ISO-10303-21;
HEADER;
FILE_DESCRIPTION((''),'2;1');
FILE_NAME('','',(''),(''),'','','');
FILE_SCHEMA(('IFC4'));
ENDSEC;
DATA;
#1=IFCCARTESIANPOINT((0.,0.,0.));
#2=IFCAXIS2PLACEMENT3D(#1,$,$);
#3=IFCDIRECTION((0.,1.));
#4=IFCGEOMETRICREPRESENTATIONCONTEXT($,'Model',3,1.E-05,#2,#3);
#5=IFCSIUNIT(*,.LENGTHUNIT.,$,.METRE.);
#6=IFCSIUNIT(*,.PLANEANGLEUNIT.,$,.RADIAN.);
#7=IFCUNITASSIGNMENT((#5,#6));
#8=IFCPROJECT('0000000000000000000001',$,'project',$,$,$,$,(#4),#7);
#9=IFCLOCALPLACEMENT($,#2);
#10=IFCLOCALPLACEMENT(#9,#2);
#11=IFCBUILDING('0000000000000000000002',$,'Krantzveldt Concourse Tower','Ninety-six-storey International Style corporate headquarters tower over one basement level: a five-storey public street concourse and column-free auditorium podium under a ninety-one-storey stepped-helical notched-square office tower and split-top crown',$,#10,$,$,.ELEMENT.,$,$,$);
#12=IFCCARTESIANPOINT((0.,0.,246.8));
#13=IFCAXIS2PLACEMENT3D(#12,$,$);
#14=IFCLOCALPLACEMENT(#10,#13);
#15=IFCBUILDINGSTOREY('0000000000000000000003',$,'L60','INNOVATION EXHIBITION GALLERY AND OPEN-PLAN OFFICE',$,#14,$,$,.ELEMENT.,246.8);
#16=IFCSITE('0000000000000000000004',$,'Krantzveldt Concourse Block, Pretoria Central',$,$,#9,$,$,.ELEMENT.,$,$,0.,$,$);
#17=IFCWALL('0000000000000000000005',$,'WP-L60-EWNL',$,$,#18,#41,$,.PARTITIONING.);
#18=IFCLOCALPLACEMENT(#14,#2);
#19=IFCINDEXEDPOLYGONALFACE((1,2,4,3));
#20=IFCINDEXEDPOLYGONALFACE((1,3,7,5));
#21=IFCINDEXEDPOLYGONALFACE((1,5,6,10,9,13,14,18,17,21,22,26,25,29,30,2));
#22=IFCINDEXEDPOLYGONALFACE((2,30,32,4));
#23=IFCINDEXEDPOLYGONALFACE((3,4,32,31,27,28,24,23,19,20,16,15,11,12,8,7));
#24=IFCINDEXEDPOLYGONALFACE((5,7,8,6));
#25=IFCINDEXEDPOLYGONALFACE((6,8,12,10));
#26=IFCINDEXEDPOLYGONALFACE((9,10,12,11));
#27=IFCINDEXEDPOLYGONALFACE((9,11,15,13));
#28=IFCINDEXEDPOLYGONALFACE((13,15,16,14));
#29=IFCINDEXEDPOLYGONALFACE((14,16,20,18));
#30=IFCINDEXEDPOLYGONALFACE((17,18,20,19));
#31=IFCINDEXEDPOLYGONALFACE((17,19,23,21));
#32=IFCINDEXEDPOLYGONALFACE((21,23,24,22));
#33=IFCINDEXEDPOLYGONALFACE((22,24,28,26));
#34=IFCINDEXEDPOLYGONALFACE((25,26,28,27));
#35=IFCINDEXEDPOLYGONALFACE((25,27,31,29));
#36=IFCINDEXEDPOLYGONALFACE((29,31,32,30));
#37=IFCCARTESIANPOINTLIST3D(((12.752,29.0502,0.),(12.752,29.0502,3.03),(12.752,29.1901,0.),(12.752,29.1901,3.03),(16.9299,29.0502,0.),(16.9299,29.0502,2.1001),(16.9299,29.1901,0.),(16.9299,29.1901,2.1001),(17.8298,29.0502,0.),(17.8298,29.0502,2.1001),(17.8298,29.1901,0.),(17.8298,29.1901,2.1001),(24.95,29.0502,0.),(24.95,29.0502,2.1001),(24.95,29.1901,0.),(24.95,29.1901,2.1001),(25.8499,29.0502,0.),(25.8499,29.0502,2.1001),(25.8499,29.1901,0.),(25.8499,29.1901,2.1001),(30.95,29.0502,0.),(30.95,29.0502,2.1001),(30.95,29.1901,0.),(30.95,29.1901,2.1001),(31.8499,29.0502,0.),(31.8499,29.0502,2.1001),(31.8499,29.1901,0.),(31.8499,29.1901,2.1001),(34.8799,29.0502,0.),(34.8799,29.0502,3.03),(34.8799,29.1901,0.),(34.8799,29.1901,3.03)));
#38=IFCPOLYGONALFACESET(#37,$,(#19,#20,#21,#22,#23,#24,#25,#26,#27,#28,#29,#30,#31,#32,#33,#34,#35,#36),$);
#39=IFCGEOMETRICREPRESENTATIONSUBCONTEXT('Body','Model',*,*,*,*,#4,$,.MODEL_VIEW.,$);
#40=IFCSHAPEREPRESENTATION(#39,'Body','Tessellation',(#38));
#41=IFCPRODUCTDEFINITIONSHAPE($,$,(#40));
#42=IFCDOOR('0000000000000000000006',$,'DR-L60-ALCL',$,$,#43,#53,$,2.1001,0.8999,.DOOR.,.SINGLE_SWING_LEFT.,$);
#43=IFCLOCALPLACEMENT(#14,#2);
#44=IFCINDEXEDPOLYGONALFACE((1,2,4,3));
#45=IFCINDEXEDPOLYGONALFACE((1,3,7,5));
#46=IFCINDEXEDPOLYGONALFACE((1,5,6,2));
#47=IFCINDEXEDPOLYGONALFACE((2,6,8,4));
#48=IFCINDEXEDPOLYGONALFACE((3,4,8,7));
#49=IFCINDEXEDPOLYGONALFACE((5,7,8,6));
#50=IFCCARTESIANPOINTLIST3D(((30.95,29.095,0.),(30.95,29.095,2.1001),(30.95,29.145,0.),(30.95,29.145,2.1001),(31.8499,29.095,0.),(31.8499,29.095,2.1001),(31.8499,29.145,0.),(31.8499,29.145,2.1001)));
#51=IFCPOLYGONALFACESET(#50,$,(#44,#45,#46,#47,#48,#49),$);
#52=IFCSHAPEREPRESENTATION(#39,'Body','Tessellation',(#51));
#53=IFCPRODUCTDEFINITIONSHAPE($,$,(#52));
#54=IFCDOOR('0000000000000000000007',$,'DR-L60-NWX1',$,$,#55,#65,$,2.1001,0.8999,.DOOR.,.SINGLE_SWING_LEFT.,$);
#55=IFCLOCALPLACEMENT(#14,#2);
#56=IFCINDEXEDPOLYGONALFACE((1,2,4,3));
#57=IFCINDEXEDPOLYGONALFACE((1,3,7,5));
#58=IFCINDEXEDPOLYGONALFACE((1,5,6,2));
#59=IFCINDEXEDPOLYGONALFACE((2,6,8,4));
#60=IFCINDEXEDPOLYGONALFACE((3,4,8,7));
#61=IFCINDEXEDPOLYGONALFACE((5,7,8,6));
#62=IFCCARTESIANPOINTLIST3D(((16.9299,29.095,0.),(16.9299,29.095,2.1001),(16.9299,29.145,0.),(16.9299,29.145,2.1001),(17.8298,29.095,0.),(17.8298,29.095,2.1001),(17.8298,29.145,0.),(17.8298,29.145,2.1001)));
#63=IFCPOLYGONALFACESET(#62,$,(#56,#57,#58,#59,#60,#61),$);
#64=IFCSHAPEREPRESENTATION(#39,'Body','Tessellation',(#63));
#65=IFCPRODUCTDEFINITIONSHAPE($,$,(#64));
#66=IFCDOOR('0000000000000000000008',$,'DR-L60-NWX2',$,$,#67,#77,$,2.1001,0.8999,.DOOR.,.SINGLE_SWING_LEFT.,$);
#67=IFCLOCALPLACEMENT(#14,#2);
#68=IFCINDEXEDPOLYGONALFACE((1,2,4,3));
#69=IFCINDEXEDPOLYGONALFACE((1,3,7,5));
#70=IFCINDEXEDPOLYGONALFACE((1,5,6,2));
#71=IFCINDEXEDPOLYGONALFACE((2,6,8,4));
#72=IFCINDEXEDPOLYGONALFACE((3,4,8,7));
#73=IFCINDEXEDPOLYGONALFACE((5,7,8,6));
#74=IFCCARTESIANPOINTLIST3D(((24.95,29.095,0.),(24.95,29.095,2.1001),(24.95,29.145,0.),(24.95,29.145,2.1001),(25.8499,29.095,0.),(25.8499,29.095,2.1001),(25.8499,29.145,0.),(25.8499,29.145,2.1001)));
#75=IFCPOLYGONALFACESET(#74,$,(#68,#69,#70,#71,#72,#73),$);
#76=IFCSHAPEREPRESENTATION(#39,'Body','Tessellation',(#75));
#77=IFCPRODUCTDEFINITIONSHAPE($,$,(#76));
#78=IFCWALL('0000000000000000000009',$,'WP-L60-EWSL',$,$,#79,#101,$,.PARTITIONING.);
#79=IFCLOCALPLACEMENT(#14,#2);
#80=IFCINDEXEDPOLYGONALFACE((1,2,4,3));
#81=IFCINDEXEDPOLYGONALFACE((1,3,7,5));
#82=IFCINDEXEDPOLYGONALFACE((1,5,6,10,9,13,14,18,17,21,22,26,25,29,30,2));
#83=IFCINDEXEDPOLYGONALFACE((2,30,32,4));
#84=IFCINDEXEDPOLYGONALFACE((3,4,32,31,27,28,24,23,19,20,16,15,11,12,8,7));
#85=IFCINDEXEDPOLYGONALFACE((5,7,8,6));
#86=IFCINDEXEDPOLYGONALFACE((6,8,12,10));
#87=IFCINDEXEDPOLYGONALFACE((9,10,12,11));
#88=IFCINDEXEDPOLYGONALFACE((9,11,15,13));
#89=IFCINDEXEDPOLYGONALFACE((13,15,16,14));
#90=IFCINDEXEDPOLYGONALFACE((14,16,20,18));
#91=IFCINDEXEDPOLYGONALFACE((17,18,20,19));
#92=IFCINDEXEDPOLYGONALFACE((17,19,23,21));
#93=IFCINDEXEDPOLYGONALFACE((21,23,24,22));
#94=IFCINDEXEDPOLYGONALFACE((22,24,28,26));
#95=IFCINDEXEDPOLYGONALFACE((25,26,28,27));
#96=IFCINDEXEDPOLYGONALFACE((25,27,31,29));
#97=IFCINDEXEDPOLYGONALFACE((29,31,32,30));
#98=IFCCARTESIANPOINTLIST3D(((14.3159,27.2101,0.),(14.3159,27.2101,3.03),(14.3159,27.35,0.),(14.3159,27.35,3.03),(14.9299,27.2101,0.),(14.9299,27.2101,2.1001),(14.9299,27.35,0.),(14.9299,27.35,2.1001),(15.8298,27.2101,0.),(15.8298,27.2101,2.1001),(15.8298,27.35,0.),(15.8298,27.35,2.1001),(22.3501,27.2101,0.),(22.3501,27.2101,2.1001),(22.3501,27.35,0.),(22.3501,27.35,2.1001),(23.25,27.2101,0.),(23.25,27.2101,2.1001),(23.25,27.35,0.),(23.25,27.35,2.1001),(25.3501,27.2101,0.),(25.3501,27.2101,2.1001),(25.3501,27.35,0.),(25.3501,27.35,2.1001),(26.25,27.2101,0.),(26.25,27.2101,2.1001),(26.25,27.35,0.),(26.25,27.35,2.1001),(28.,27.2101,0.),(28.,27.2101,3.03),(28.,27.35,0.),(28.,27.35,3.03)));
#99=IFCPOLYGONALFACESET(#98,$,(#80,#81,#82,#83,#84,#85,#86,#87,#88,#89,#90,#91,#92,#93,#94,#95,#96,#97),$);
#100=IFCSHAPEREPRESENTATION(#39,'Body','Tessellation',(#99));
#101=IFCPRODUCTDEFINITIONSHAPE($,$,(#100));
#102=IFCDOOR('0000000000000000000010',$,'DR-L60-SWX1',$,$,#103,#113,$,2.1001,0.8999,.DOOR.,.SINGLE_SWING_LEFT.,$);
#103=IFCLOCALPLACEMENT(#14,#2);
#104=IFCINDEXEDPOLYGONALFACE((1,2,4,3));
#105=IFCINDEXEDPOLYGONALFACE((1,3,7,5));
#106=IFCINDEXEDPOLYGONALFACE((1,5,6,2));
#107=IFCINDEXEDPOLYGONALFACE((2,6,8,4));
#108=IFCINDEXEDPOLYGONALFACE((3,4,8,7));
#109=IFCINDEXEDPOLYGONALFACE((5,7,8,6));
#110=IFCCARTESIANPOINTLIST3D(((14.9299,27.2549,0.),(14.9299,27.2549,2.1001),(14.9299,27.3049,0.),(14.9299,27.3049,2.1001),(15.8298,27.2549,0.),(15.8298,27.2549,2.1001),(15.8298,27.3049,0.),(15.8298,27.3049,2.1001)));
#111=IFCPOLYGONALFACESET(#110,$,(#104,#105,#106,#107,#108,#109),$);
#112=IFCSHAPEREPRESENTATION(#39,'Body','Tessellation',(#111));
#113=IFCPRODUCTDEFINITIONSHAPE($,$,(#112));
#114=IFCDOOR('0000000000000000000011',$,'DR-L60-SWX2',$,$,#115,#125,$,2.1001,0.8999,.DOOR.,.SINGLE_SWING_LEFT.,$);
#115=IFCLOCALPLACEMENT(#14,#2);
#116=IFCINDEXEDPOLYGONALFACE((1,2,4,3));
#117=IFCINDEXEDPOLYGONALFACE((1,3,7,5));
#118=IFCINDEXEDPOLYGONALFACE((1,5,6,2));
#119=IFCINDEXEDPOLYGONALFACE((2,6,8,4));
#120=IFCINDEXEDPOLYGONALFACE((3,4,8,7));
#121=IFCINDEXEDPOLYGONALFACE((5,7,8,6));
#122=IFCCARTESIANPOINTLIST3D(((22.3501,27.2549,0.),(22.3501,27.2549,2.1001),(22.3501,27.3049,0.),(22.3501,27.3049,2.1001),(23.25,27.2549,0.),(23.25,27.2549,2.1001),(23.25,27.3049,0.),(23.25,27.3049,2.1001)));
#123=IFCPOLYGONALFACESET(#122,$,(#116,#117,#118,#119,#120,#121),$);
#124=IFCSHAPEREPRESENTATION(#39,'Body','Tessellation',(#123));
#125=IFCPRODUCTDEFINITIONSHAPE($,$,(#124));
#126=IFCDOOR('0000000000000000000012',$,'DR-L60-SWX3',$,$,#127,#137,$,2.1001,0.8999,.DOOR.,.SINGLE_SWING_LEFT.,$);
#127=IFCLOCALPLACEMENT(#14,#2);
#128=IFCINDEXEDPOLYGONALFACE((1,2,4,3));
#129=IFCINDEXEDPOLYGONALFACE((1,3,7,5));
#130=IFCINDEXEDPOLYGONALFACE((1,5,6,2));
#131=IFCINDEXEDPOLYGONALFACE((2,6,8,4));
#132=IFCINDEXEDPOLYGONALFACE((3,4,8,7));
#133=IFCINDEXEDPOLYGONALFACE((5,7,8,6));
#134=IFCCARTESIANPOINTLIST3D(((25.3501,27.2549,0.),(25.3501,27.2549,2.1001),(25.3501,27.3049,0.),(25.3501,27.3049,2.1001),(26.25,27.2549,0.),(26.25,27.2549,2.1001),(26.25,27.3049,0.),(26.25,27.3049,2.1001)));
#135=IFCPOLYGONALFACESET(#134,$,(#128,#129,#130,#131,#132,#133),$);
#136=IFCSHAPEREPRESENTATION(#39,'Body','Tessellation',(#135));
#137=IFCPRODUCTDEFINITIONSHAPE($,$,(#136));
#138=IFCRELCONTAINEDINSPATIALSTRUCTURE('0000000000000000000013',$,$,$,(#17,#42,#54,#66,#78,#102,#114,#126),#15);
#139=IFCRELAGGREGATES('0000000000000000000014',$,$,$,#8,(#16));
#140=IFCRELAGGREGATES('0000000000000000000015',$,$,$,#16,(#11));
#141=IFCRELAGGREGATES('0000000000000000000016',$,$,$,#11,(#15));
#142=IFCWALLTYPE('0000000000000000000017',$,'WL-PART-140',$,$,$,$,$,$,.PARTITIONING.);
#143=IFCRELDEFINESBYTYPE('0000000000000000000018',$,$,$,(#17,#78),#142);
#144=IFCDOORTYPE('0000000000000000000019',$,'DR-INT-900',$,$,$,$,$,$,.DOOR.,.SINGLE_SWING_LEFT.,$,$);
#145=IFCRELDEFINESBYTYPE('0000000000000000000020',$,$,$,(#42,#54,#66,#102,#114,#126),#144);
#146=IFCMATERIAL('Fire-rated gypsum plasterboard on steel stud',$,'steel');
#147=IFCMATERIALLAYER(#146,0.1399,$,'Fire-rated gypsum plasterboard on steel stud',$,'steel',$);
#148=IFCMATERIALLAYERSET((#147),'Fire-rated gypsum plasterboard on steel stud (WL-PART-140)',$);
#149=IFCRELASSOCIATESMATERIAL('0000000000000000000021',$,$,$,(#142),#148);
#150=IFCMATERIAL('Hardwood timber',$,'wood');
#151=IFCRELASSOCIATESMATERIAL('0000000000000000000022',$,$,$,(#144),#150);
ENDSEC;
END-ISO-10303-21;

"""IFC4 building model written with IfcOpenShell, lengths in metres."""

from ifc_helpers import new_model, si_unit, direction, frame, frame_2d, origin, place, context, subcontext, project, spatial, rectangle, extrude, material, layer, layer_set, type_object, element, fill, save


model = new_model("IFC4")

# Units and contexts
model_context = context("Model", 3, precision=1e-05, world=origin(), true_north=direction((0.0, 1.0)))
body_context = subcontext(model_context, "Body", "Model", "MODEL_VIEW")
ifc_project = project(units=[si_unit("LENGTHUNIT", "METRE"), si_unit("PLANEANGLEUNIT", "RADIAN")], contexts=[model_context])

# Site, building, storey
site_placement = place(None, origin())
site = spatial("IfcSite", under=ifc_project, at=site_placement, Name="Krantzveldt Concourse Block, Pretoria Central", CompositionType="ELEMENT", RefElevation=0.0)
building_placement = place(site_placement, origin())
building = spatial("IfcBuilding", under=site, at=building_placement, Name="Krantzveldt Concourse Tower", Description="Ninety-six-storey International Style corporate headquarters tower over one basement level: a five-storey public street concourse and column-free auditorium podium under a ninety-one-storey stepped-helical notched-square office tower and split-top crown", CompositionType="ELEMENT")
storey_placement = place(building_placement, frame((0.0, 0.0, 246.8)))
storey = spatial("IfcBuildingStorey", under=building, at=storey_placement, Name="L60", Description="INNOVATION EXHIBITION GALLERY AND OPEN-PLAN OFFICE", CompositionType="ELEMENT", Elevation=246.8)

# Walls, openings, doors
ifc_material_1 = material(Name="Fire-rated gypsum plasterboard on steel stud", Category="steel")
ifc_layer_1 = layer(ifc_material_1, 0.1399, Name="Fire-rated gypsum plasterboard on steel stud", Category="steel")
ifc_layer_set_1 = layer_set([ifc_layer_1], Name="Fire-rated gypsum plasterboard on steel stud (WL-PART-140)")
wall_type_1 = type_object("IfcWallType", Name="WL-PART-140", PredefinedType="PARTITIONING", material=ifc_layer_set_1)
wall_1_placement = place(storey_placement, frame((12.752, 29.1201, 0.0), z_axis=(0.0, 0.0, 1.0), x_axis=(1.0, 0.0, 0.0)))
wall_1 = element("IfcWall", 1, at=wall_1_placement, inside=storey, type_object=wall_type_1, Name="WP-L60-EWNL", PredefinedType="PARTITIONING", context=body_context, shape_type="SweptSolid", body=[
    extrude(rectangle(XDim=22.1279, YDim=0.1399, at=frame_2d((11.064, 0.0))), origin(), (0.0, 0.0, 1.0), 3.03),
])
opening_1_placement = place(wall_1_placement, frame((18.198, 0.0, 0.0)))
opening_1 = element("IfcOpeningElement", 2, at=opening_1_placement, cuts=wall_1, PredefinedType="OPENING", context=body_context, shape_type="SweptSolid", body=[
    extrude(rectangle(XDim=0.8999, YDim=2.1001, at=frame_2d((0.45, 1.05))), frame((0.0, 0.0801, 0.0), z_axis=(0.0, -1.0, 0.0), x_axis=(1.0, 0.0, 0.0)), (0.0, 0.0, 1.0), 0.1599),
])
opening_2_placement = place(wall_1_placement, frame((4.178, 0.0, 0.0)))
opening_2 = element("IfcOpeningElement", 3, at=opening_2_placement, cuts=wall_1, PredefinedType="OPENING", context=body_context, shape_type="SweptSolid", body=[
    extrude(rectangle(XDim=0.8999, YDim=2.1001, at=frame_2d((0.45, 1.05))), frame((0.0, 0.0801, 0.0), z_axis=(0.0, -1.0, 0.0), x_axis=(1.0, 0.0, 0.0)), (0.0, 0.0, 1.0), 0.1599),
])
opening_3_placement = place(wall_1_placement, frame((12.198, 0.0, 0.0)))
opening_3 = element("IfcOpeningElement", 4, at=opening_3_placement, cuts=wall_1, PredefinedType="OPENING", context=body_context, shape_type="SweptSolid", body=[
    extrude(rectangle(XDim=0.8999, YDim=2.1001, at=frame_2d((0.45, 1.05))), frame((0.0, 0.0801, 0.0), z_axis=(0.0, -1.0, 0.0), x_axis=(1.0, 0.0, 0.0)), (0.0, 0.0, 1.0), 0.1599),
])
ifc_material_2 = material(Name="Hardwood timber", Category="wood")
door_type = type_object("IfcDoorType", Name="DR-INT-900", OperationType="SINGLE_SWING_LEFT", PredefinedType="DOOR", material=ifc_material_2)
door_1_placement = place(opening_1_placement, origin())
door_1 = element("IfcDoor", 5, at=door_1_placement, inside=storey, type_object=door_type, Name="DR-L60-ALCL", OperationType="SINGLE_SWING_LEFT", OverallHeight=2.1001, OverallWidth=0.8999, PredefinedType="DOOR", context=body_context, shape_type="SweptSolid", body=[
    extrude(rectangle(XDim=0.8999, YDim=2.1001, at=frame_2d((0.45, 1.05))), frame((0.0, 0.0249, 0.0), z_axis=(0.0, -1.0, 0.0), x_axis=(1.0, 0.0, 0.0)), (0.0, 0.0, 1.0), 0.05),
])
fill(opening_1, door_1)
door_2_placement = place(opening_2_placement, origin())
door_2 = element("IfcDoor", 6, at=door_2_placement, inside=storey, type_object=door_type, Name="DR-L60-NWX1", OperationType="SINGLE_SWING_LEFT", OverallHeight=2.1001, OverallWidth=0.8999, PredefinedType="DOOR", context=body_context, shape_type="SweptSolid", body=[
    extrude(rectangle(XDim=0.8999, YDim=2.1001, at=frame_2d((0.45, 1.05))), frame((0.0, 0.0249, 0.0), z_axis=(0.0, -1.0, 0.0), x_axis=(1.0, 0.0, 0.0)), (0.0, 0.0, 1.0), 0.05),
])
fill(opening_2, door_2)
door_3_placement = place(opening_3_placement, origin())
door_3 = element("IfcDoor", 7, at=door_3_placement, inside=storey, type_object=door_type, Name="DR-L60-NWX2", OperationType="SINGLE_SWING_LEFT", OverallHeight=2.1001, OverallWidth=0.8999, PredefinedType="DOOR", context=body_context, shape_type="SweptSolid", body=[
    extrude(rectangle(XDim=0.8999, YDim=2.1001, at=frame_2d((0.45, 1.05))), frame((0.0, 0.0249, 0.0), z_axis=(0.0, -1.0, 0.0), x_axis=(1.0, 0.0, 0.0)), (0.0, 0.0, 1.0), 0.05),
])
fill(opening_3, door_3)
wall_2_placement = place(storey_placement, frame((14.3159, 27.28, 0.0), z_axis=(0.0, 0.0, 1.0), x_axis=(1.0, 0.0, 0.0)))
wall_2 = element("IfcWall", 8, at=wall_2_placement, inside=storey, type_object=wall_type_1, Name="WP-L60-EWSL", PredefinedType="PARTITIONING", context=body_context, shape_type="SweptSolid", body=[
    extrude(rectangle(XDim=13.6841, YDim=0.1399, at=frame_2d((6.842, 0.0))), origin(), (0.0, 0.0, 1.0), 3.03),
])
opening_4_placement = place(wall_2_placement, frame((0.614, 0.0, 0.0)))
opening_4 = element("IfcOpeningElement", 9, at=opening_4_placement, cuts=wall_2, PredefinedType="OPENING", context=body_context, shape_type="SweptSolid", body=[
    extrude(rectangle(XDim=0.8999, YDim=2.1001, at=frame_2d((0.45, 1.05))), frame((0.0, 0.0801, 0.0), z_axis=(0.0, -1.0, 0.0), x_axis=(1.0, 0.0, 0.0)), (0.0, 0.0, 1.0), 0.1599),
])
opening_5_placement = place(wall_2_placement, frame((8.0342, 0.0, 0.0)))
opening_5 = element("IfcOpeningElement", 10, at=opening_5_placement, cuts=wall_2, PredefinedType="OPENING", context=body_context, shape_type="SweptSolid", body=[
    extrude(rectangle(XDim=0.8999, YDim=2.1001, at=frame_2d((0.45, 1.05))), frame((0.0, 0.0801, 0.0), z_axis=(0.0, -1.0, 0.0), x_axis=(1.0, 0.0, 0.0)), (0.0, 0.0, 1.0), 0.1599),
])
opening_6_placement = place(wall_2_placement, frame((11.0342, 0.0, 0.0)))
opening_6 = element("IfcOpeningElement", 11, at=opening_6_placement, cuts=wall_2, PredefinedType="OPENING", context=body_context, shape_type="SweptSolid", body=[
    extrude(rectangle(XDim=0.8999, YDim=2.1001, at=frame_2d((0.45, 1.05))), frame((0.0, 0.0801, 0.0), z_axis=(0.0, -1.0, 0.0), x_axis=(1.0, 0.0, 0.0)), (0.0, 0.0, 1.0), 0.1599),
])
door_4_placement = place(opening_4_placement, origin())
door_4 = element("IfcDoor", 12, at=door_4_placement, inside=storey, type_object=door_type, Name="DR-L60-SWX1", OperationType="SINGLE_SWING_LEFT", OverallHeight=2.1001, OverallWidth=0.8999, PredefinedType="DOOR", context=body_context, shape_type="SweptSolid", body=[
    extrude(rectangle(XDim=0.8999, YDim=2.1001, at=frame_2d((0.45, 1.05))), frame((0.0, 0.0249, 0.0), z_axis=(0.0, -1.0, 0.0), x_axis=(1.0, 0.0, 0.0)), (0.0, 0.0, 1.0), 0.05),
])
fill(opening_4, door_4)
door_5_placement = place(opening_5_placement, origin())
door_5 = element("IfcDoor", 13, at=door_5_placement, inside=storey, type_object=door_type, Name="DR-L60-SWX2", OperationType="SINGLE_SWING_LEFT", OverallHeight=2.1001, OverallWidth=0.8999, PredefinedType="DOOR", context=body_context, shape_type="SweptSolid", body=[
    extrude(rectangle(XDim=0.8999, YDim=2.1001, at=frame_2d((0.45, 1.05))), frame((0.0, 0.0249, 0.0), z_axis=(0.0, -1.0, 0.0), x_axis=(1.0, 0.0, 0.0)), (0.0, 0.0, 1.0), 0.05),
])
fill(opening_5, door_5)
door_6_placement = place(opening_6_placement, origin())
door_6 = element("IfcDoor", 14, at=door_6_placement, inside=storey, type_object=door_type, Name="DR-L60-SWX3", OperationType="SINGLE_SWING_LEFT", OverallHeight=2.1001, OverallWidth=0.8999, PredefinedType="DOOR", context=body_context, shape_type="SweptSolid", body=[
    extrude(rectangle(XDim=0.8999, YDim=2.1001, at=frame_2d((0.45, 1.05))), frame((0.0, 0.0249, 0.0), z_axis=(0.0, -1.0, 0.0), x_axis=(1.0, 0.0, 0.0)), (0.0, 0.0, 1.0), 0.05),
])
fill(opening_6, door_6)

save(model, "model.ifc")
